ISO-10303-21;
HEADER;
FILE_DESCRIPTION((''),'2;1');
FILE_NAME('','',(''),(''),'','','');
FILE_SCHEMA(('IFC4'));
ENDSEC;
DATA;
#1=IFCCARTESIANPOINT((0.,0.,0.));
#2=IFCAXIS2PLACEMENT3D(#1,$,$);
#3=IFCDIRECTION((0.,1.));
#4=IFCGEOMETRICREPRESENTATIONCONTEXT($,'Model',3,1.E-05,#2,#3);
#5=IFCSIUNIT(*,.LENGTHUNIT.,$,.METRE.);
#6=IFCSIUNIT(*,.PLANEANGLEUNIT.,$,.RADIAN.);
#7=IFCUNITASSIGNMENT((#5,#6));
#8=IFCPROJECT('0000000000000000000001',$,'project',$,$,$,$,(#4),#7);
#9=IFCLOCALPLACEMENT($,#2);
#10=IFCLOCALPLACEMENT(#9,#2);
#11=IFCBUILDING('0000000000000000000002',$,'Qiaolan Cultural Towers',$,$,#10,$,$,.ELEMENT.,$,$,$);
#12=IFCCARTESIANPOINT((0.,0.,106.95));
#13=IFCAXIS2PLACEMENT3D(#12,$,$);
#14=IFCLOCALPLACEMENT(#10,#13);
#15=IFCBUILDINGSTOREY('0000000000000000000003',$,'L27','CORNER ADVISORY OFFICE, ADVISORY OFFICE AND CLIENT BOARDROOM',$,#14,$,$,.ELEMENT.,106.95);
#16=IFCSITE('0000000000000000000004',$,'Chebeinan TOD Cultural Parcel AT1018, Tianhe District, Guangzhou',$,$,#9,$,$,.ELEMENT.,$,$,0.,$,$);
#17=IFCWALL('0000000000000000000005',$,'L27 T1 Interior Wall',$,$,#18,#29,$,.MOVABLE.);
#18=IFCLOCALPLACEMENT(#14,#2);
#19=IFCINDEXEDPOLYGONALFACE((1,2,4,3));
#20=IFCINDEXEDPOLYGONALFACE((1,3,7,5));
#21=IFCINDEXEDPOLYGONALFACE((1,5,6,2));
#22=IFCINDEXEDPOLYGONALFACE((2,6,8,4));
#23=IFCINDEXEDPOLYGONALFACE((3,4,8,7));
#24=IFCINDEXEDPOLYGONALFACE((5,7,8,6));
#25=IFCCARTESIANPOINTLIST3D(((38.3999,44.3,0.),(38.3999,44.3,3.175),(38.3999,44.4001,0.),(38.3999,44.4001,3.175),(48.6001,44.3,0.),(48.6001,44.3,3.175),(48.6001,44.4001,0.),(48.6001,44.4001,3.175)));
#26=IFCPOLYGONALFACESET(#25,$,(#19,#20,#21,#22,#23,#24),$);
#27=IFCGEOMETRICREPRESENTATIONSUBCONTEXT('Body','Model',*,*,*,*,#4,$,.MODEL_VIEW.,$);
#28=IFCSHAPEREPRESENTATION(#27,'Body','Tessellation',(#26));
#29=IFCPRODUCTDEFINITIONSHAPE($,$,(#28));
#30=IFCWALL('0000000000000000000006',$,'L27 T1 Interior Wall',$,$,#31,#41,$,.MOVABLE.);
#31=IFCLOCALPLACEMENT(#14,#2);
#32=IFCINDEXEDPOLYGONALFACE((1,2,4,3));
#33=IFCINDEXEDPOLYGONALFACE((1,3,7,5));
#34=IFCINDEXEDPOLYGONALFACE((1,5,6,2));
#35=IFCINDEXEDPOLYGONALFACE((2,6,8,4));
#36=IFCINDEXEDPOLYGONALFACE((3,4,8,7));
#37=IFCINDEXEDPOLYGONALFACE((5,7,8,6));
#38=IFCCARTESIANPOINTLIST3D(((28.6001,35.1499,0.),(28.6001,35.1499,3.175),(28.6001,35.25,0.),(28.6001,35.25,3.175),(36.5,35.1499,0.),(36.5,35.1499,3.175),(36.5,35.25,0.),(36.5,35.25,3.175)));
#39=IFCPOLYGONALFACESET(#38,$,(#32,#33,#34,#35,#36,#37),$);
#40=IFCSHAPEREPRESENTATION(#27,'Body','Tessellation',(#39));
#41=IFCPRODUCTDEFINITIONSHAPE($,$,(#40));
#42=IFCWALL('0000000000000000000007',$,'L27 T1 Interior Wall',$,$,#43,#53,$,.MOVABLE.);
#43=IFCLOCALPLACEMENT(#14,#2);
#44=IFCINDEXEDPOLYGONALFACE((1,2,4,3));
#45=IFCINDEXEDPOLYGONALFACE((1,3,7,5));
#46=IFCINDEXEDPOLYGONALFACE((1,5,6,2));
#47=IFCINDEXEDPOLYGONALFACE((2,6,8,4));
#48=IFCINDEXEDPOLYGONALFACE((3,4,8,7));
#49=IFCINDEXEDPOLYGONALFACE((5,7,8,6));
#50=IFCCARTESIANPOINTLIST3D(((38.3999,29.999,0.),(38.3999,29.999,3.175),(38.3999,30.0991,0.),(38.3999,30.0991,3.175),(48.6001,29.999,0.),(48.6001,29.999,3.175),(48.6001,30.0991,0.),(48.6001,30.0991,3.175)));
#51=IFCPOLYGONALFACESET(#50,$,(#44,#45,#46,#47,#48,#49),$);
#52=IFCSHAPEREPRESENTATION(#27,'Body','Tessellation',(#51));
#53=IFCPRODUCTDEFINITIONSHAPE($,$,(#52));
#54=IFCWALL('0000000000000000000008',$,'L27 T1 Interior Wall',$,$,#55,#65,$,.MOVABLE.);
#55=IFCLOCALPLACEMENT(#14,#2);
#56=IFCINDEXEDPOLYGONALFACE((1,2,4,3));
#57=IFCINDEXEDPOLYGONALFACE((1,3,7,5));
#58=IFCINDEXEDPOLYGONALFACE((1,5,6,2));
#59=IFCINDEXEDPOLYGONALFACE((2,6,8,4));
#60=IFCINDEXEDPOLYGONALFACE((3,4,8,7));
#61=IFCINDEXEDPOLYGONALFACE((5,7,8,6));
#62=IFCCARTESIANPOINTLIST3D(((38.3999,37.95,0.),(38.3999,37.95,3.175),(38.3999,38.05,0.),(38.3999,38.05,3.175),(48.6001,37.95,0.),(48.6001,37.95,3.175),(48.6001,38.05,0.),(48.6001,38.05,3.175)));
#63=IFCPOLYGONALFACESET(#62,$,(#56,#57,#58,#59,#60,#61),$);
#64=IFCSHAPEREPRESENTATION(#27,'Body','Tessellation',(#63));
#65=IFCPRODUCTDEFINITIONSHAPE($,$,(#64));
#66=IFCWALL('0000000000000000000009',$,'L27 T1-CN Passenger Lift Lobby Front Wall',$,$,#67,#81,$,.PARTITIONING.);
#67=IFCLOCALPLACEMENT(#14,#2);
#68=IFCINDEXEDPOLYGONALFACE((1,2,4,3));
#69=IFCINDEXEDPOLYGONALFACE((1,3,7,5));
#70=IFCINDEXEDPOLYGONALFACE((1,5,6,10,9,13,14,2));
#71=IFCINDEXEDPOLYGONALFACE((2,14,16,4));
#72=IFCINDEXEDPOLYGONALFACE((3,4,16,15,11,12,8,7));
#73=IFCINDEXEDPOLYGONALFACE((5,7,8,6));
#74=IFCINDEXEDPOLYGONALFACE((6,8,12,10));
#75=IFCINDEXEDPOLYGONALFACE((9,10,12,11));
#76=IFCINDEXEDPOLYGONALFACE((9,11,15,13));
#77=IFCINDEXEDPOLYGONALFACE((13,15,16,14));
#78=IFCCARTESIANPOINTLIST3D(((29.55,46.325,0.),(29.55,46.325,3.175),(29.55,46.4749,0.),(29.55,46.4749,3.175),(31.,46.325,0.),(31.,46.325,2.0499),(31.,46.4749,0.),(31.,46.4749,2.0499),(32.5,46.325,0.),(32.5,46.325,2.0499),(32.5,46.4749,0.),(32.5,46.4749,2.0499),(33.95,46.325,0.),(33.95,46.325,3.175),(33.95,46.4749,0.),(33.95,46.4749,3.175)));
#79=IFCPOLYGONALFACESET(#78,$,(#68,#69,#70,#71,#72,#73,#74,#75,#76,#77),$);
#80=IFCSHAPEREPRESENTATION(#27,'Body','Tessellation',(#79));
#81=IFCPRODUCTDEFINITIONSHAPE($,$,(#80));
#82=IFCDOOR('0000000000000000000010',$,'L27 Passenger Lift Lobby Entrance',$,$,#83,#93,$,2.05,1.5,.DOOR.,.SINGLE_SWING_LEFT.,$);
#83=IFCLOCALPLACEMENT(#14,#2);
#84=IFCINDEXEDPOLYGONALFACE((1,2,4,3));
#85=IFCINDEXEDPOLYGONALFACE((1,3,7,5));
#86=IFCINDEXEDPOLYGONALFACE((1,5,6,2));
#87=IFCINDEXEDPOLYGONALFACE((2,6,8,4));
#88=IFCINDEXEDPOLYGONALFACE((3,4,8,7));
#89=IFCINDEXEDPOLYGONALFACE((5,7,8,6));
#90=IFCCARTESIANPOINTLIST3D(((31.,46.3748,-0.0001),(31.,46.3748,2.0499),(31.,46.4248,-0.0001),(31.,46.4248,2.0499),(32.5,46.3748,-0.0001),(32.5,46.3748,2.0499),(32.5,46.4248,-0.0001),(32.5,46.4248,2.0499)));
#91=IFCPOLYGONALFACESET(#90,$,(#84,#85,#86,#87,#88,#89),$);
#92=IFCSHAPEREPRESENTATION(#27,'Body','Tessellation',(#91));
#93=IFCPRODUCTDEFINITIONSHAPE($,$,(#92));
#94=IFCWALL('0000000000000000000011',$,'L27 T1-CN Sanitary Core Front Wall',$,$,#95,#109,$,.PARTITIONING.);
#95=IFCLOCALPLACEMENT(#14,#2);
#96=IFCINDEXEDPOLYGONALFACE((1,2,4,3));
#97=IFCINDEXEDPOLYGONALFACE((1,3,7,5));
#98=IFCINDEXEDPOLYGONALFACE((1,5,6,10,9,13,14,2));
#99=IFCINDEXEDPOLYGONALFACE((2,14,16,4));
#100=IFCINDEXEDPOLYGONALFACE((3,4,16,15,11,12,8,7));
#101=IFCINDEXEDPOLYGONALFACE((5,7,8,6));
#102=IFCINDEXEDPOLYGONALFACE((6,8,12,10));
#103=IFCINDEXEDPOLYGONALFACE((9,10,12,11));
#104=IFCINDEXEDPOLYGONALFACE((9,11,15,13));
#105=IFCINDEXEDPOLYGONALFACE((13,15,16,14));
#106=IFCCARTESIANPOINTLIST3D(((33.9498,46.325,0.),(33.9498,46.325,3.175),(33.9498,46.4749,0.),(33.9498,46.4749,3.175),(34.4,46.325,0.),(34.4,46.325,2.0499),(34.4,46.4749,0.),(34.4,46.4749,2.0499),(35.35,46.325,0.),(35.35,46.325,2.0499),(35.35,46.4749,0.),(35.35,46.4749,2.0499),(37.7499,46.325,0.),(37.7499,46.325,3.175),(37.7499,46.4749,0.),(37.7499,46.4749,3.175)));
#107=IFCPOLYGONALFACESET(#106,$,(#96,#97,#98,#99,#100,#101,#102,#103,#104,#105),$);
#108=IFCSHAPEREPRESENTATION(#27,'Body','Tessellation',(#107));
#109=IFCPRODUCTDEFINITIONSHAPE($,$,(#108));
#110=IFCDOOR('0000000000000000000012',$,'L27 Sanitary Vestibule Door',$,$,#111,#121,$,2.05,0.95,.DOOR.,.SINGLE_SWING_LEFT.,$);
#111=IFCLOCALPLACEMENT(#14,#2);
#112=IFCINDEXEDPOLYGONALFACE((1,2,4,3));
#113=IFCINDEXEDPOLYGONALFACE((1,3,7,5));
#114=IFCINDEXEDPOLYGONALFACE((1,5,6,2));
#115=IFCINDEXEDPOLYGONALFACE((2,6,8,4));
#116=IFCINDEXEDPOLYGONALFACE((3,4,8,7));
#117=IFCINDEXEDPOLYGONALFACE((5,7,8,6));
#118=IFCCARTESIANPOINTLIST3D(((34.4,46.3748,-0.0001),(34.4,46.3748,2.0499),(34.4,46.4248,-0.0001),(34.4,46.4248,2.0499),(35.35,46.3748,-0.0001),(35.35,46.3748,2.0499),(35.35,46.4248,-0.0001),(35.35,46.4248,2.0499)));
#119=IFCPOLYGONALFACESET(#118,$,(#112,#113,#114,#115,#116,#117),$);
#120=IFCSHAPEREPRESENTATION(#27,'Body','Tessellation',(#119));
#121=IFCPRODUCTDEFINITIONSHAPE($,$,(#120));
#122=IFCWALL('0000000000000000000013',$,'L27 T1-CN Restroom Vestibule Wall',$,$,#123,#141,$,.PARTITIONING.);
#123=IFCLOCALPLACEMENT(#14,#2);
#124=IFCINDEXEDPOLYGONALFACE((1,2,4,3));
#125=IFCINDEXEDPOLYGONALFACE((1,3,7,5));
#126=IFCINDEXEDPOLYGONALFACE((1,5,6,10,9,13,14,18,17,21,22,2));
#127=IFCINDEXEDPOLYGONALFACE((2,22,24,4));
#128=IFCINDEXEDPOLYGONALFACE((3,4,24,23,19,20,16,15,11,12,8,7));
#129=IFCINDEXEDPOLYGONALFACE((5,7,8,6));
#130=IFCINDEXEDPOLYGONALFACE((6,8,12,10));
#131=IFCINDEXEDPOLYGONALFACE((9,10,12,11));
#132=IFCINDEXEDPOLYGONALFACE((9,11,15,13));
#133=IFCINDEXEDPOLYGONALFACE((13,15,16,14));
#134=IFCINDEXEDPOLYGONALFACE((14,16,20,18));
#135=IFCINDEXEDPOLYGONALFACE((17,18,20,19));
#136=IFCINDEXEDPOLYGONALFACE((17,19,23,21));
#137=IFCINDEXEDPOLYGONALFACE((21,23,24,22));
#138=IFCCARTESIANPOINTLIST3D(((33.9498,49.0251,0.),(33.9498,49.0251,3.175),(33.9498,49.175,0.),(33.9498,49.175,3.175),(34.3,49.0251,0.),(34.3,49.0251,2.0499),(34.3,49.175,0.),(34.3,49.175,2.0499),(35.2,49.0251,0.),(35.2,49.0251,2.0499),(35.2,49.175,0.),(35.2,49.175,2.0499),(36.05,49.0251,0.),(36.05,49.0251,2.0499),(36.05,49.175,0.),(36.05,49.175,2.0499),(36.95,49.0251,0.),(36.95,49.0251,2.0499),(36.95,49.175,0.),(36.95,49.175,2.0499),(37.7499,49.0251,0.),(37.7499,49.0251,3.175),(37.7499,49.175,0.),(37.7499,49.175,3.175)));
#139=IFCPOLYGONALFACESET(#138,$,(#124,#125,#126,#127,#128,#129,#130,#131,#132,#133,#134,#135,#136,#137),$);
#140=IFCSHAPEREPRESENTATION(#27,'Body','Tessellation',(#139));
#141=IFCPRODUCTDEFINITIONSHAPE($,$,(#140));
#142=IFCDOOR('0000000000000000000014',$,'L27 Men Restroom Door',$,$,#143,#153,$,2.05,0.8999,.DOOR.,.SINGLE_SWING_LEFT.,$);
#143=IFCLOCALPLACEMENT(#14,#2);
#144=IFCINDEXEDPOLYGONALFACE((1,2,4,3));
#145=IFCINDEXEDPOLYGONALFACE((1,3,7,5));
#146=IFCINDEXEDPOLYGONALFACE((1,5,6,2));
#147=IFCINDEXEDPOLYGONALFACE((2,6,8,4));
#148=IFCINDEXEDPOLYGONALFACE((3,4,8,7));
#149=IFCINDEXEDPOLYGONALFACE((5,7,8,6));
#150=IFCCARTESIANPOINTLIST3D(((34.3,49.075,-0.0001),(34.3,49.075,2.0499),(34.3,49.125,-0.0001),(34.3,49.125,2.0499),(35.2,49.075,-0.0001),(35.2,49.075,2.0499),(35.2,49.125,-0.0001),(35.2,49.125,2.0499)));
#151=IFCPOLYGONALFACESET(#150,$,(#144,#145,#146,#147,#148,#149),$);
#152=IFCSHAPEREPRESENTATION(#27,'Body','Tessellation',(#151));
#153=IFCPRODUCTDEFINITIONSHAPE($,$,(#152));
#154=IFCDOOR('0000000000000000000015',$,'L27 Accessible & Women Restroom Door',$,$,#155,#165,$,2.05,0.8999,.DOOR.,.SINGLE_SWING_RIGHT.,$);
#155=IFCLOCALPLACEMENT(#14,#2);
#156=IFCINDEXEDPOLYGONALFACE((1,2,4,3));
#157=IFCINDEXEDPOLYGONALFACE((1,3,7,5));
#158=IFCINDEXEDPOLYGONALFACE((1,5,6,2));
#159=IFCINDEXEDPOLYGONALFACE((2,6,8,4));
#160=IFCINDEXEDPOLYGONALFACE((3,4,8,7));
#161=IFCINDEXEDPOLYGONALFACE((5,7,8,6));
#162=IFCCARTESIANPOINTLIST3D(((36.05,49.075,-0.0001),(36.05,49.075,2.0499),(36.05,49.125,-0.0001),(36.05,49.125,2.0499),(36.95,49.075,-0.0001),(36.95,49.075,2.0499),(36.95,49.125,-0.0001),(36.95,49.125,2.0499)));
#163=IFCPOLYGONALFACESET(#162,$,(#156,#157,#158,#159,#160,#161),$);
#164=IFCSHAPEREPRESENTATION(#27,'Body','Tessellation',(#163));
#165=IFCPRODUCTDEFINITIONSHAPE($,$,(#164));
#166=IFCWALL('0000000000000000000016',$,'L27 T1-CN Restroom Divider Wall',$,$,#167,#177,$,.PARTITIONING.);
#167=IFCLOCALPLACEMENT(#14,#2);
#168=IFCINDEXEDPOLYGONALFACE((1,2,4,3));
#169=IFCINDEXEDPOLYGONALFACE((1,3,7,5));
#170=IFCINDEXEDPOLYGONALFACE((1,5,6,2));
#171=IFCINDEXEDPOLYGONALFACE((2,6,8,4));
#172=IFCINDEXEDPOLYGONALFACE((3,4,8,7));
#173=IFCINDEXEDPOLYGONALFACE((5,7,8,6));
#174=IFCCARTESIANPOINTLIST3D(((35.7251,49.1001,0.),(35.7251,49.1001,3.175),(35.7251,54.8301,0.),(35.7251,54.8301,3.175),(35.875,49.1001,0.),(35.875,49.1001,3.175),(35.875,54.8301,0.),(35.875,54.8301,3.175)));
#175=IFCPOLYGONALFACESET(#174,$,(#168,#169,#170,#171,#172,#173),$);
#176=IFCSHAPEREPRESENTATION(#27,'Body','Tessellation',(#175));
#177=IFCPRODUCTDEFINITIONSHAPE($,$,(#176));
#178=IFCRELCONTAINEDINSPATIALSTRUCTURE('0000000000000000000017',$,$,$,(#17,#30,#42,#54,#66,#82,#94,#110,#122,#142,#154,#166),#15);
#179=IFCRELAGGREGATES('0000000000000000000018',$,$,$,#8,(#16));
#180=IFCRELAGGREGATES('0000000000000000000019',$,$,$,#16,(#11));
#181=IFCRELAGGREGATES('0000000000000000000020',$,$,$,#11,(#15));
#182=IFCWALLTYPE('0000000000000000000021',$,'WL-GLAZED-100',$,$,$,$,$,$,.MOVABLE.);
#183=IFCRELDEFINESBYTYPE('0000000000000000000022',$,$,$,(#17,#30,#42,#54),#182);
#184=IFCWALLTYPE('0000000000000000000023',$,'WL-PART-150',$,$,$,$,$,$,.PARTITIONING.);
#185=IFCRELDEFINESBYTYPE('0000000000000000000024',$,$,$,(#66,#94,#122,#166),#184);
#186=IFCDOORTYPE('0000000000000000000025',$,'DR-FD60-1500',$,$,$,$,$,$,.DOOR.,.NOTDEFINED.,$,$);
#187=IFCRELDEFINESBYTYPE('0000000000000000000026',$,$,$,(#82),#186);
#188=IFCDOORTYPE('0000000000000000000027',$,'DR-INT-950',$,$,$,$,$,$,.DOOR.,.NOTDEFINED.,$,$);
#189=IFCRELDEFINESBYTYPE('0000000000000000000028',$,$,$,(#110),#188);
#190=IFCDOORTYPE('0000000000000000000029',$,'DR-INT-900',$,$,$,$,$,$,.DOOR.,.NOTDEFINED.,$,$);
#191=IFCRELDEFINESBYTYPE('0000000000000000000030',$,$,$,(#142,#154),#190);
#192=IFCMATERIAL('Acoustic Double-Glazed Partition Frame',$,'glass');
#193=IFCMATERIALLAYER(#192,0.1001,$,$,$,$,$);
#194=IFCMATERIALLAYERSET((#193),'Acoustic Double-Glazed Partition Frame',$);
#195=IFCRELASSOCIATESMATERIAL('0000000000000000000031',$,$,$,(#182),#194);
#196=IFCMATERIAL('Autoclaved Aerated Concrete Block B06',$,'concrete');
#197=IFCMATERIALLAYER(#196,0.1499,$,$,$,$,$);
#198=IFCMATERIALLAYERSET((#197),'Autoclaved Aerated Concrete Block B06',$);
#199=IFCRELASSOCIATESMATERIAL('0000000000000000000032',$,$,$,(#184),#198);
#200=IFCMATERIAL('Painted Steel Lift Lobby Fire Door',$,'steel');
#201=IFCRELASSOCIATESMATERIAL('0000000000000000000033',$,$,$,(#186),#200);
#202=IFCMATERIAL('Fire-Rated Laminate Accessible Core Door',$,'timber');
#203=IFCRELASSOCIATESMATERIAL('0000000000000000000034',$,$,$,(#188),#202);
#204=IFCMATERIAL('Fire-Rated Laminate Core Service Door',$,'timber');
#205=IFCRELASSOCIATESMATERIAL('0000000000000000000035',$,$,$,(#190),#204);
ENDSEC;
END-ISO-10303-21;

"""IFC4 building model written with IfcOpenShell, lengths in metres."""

from ifc_helpers import new_model, si_unit, direction, frame, frame_2d, origin, place, context, subcontext, project, spatial, rectangle, extrude, material, layer, layer_set, type_object, element, fill, save


model = new_model("IFC4")

# Units and contexts
model_context = context("Model", 3, precision=1e-05, world=origin(), true_north=direction((0.0, 1.0)))
body_context = subcontext(model_context, "Body", "Model", "MODEL_VIEW")
ifc_project = project(units=[si_unit("LENGTHUNIT", "METRE"), si_unit("PLANEANGLEUNIT", "RADIAN")], contexts=[model_context])

# Site, building, storey
site_placement = place(None, origin())
site = spatial("IfcSite", under=ifc_project, at=site_placement, Name="Chebeinan TOD Cultural Parcel AT1018, Tianhe District, Guangzhou", CompositionType="ELEMENT", RefElevation=0.0)
building_placement = place(site_placement, origin())
building = spatial("IfcBuilding", under=site, at=building_placement, Name="Qiaolan Cultural Towers", CompositionType="ELEMENT")
storey_placement = place(building_placement, frame((0.0, 0.0, 106.95)))
storey = spatial("IfcBuildingStorey", under=building, at=storey_placement, Name="L27", Description="CORNER ADVISORY OFFICE, ADVISORY OFFICE AND CLIENT BOARDROOM", CompositionType="ELEMENT", Elevation=106.95)

# Walls
ifc_material_1 = material(Name="Acoustic Double-Glazed Partition Frame", Category="glass")
ifc_layer_1 = layer(ifc_material_1, 0.1001)
ifc_layer_set_1 = layer_set([ifc_layer_1], Name="Acoustic Double-Glazed Partition Frame")
wall_type_1 = type_object("IfcWallType", Name="WL-GLAZED-100", PredefinedType="MOVABLE", material=ifc_layer_set_1)
wall_1_placement = place(storey_placement, frame((38.3999, 44.3501, 0.0), z_axis=(0.0, 0.0, 1.0), x_axis=(1.0, 0.0, 0.0)))
element("IfcWall", 1, at=wall_1_placement, inside=storey, type_object=wall_type_1, Name="L27 T1 Interior Wall", PredefinedType="MOVABLE", context=body_context, shape_type="SweptSolid", body=[
    extrude(rectangle(XDim=10.2002, YDim=0.1001, at=frame_2d((5.1001, 0.0))), origin(), (0.0, 0.0, 1.0), 3.175),
])
wall_2_placement = place(storey_placement, frame((28.6001, 35.2, 0.0), z_axis=(0.0, 0.0, 1.0), x_axis=(1.0, 0.0, 0.0)))
element("IfcWall", 2, at=wall_2_placement, inside=storey, type_object=wall_type_1, Name="L27 T1 Interior Wall", PredefinedType="MOVABLE", context=body_context, shape_type="SweptSolid", body=[
    extrude(rectangle(XDim=7.8999, YDim=0.1001, at=frame_2d((3.95, 0.0))), origin(), (0.0, 0.0, 1.0), 3.175),
])
for number, where, z_axis, x_axis, name in (
    (3, (38.3999, 30.0491, 0.0), (0.0, 0.0, 1.0), (1.0, 0.0, 0.0), "L27 T1 Interior Wall"),
    (4, (38.3999, 38.0, 0.0), (0.0, 0.0, 1.0), (1.0, 0.0, 0.0), "L27 T1 Interior Wall"),
):
    element("IfcWall", number, at=place(storey_placement, frame(where, z_axis=z_axis, x_axis=x_axis)), inside=storey, type_object=wall_type_1, Name=name, PredefinedType="MOVABLE", context=body_context, shape_type="SweptSolid", body=[
        extrude(rectangle(XDim=10.2002, YDim=0.1001, at=frame_2d((5.1001, 0.0))), origin(), (0.0, 0.0, 1.0), 3.175),
    ])

# Walls, openings, doors
ifc_material_2 = material(Name="Autoclaved Aerated Concrete Block B06", Category="concrete")
ifc_layer_2 = layer(ifc_material_2, 0.1499)
ifc_layer_set_2 = layer_set([ifc_layer_2], Name="Autoclaved Aerated Concrete Block B06")
wall_type_2 = type_object("IfcWallType", Name="WL-PART-150", PredefinedType="PARTITIONING", material=ifc_layer_set_2)
wall_3_placement = place(storey_placement, frame((29.55, 46.3999, 0.0), z_axis=(0.0, 0.0, 1.0), x_axis=(1.0, 0.0, 0.0)))
wall_3 = element("IfcWall", 5, at=wall_3_placement, inside=storey, type_object=wall_type_2, Name="L27 T1-CN Passenger Lift Lobby Front Wall", PredefinedType="PARTITIONING", context=body_context, shape_type="SweptSolid", body=[
    extrude(rectangle(XDim=4.3999, YDim=0.1499, at=frame_2d((2.2, 0.0))), origin(), (0.0, 0.0, 1.0), 3.175),
])
opening_1_placement = place(wall_3_placement, frame((1.45, 0.0, 0.0)))
opening_1 = element("IfcOpeningElement", 6, at=opening_1_placement, cuts=wall_3, PredefinedType="OPENING", context=body_context, shape_type="SweptSolid", body=[
    extrude(rectangle(XDim=1.5, YDim=2.05, at=frame_2d((0.75, 1.0249))), frame((0.0, 0.085, 0.0), z_axis=(0.0, -1.0, 0.0), x_axis=(1.0, 0.0, 0.0)), (0.0, 0.0, 1.0), 0.1699),
])
ifc_material_3 = material(Name="Painted Steel Lift Lobby Fire Door", Category="steel")
door_type_1 = type_object("IfcDoorType", Name="DR-FD60-1500", OperationType="NOTDEFINED", PredefinedType="DOOR", material=ifc_material_3)
door_1_placement = place(opening_1_placement, origin())
door_1 = element("IfcDoor", 7, at=door_1_placement, inside=storey, type_object=door_type_1, Name="L27 Passenger Lift Lobby Entrance", OperationType="SINGLE_SWING_LEFT", OverallHeight=2.05, OverallWidth=1.5, PredefinedType="DOOR", context=body_context, shape_type="SweptSolid", body=[
    extrude(rectangle(XDim=1.5, YDim=2.05, at=frame_2d((0.75, 1.0249))), frame((0.0, 0.0249, 0.0), z_axis=(0.0, -1.0, 0.0), x_axis=(1.0, 0.0, 0.0)), (0.0, 0.0, 1.0), 0.05),
])
fill(opening_1, door_1)
wall_4_placement = place(storey_placement, frame((33.95, 46.3999, 0.0), z_axis=(0.0, 0.0, 1.0), x_axis=(1.0, 0.0, 0.0)))
wall_4 = element("IfcWall", 8, at=wall_4_placement, inside=storey, type_object=wall_type_2, Name="L27 T1-CN Sanitary Core Front Wall", PredefinedType="PARTITIONING", context=body_context, shape_type="SweptSolid", body=[
    extrude(rectangle(XDim=3.8, YDim=0.1499, at=frame_2d((1.8999, 0.0))), origin(), (0.0, 0.0, 1.0), 3.175),
])
opening_2_placement = place(wall_4_placement, frame((0.45, 0.0, 0.0)))
opening_2 = element("IfcOpeningElement", 9, at=opening_2_placement, cuts=wall_4, PredefinedType="OPENING", context=body_context, shape_type="SweptSolid", body=[
    extrude(rectangle(XDim=0.95, YDim=2.05, at=frame_2d((0.4751, 1.0249))), frame((0.0, 0.085, 0.0), z_axis=(0.0, -1.0, 0.0), x_axis=(1.0, 0.0, 0.0)), (0.0, 0.0, 1.0), 0.1699),
])
ifc_material_4 = material(Name="Fire-Rated Laminate Accessible Core Door", Category="timber")
door_type_2 = type_object("IfcDoorType", Name="DR-INT-950", OperationType="NOTDEFINED", PredefinedType="DOOR", material=ifc_material_4)
door_2_placement = place(opening_2_placement, origin())
door_2 = element("IfcDoor", 10, at=door_2_placement, inside=storey, type_object=door_type_2, Name="L27 Sanitary Vestibule Door", OperationType="SINGLE_SWING_LEFT", OverallHeight=2.05, OverallWidth=0.95, PredefinedType="DOOR", context=body_context, shape_type="SweptSolid", body=[
    extrude(rectangle(XDim=0.95, YDim=2.05, at=frame_2d((0.4751, 1.0249))), frame((0.0, 0.0249, 0.0), z_axis=(0.0, -1.0, 0.0), x_axis=(1.0, 0.0, 0.0)), (0.0, 0.0, 1.0), 0.05),
])
fill(opening_2, door_2)

# Wall, openings, doors
wall_5_placement = place(storey_placement, frame((33.95, 49.1001, 0.0), z_axis=(0.0, 0.0, 1.0), x_axis=(1.0, 0.0, 0.0)))
wall_5 = element("IfcWall", 11, at=wall_5_placement, inside=storey, type_object=wall_type_2, Name="L27 T1-CN Restroom Vestibule Wall", PredefinedType="PARTITIONING", context=body_context, shape_type="SweptSolid", body=[
    extrude(rectangle(XDim=3.8, YDim=0.1499, at=frame_2d((1.8999, 0.0))), origin(), (0.0, 0.0, 1.0), 3.175),
])
opening_3_placement = place(wall_5_placement, frame((0.3501, 0.0, 0.0)))
opening_3 = element("IfcOpeningElement", 12, at=opening_3_placement, cuts=wall_5, PredefinedType="OPENING", context=body_context, shape_type="SweptSolid", body=[
    extrude(rectangle(XDim=0.8999, YDim=2.05, at=frame_2d((0.45, 1.0249))), frame((0.0, 0.085, 0.0), z_axis=(0.0, -1.0, 0.0), x_axis=(1.0, 0.0, 0.0)), (0.0, 0.0, 1.0), 0.1699),
])
opening_4_placement = place(wall_5_placement, frame((2.1001, 0.0, 0.0)))
opening_4 = element("IfcOpeningElement", 13, at=opening_4_placement, cuts=wall_5, PredefinedType="OPENING", context=body_context, shape_type="SweptSolid", body=[
    extrude(rectangle(XDim=0.8999, YDim=2.05, at=frame_2d((0.45, 1.0249))), frame((0.0, 0.085, 0.0), z_axis=(0.0, -1.0, 0.0), x_axis=(1.0, 0.0, 0.0)), (0.0, 0.0, 1.0), 0.1699),
])
ifc_material_5 = material(Name="Fire-Rated Laminate Core Service Door", Category="timber")
door_type_3 = type_object("IfcDoorType", Name="DR-INT-900", OperationType="NOTDEFINED", PredefinedType="DOOR", material=ifc_material_5)
door_3_placement = place(opening_3_placement, origin())
door_3 = element("IfcDoor", 14, at=door_3_placement, inside=storey, type_object=door_type_3, Name="L27 Men Restroom Door", OperationType="SINGLE_SWING_LEFT", OverallHeight=2.05, OverallWidth=0.8999, PredefinedType="DOOR", context=body_context, shape_type="SweptSolid", body=[
    extrude(rectangle(XDim=0.8999, YDim=2.05, at=frame_2d((0.45, 1.0249))), frame((0.0, 0.0249, 0.0), z_axis=(0.0, -1.0, 0.0), x_axis=(1.0, 0.0, 0.0)), (0.0, 0.0, 1.0), 0.05),
])
fill(opening_3, door_3)
door_4_placement = place(opening_4_placement, origin())
door_4 = element("IfcDoor", 15, at=door_4_placement, inside=storey, type_object=door_type_3, Name="L27 Accessible & Women Restroom Door", OperationType="SINGLE_SWING_RIGHT", OverallHeight=2.05, OverallWidth=0.8999, PredefinedType="DOOR", context=body_context, shape_type="SweptSolid", body=[
    extrude(rectangle(XDim=0.8999, YDim=2.05, at=frame_2d((0.45, 1.0249))), frame((0.0, 0.0249, 0.0), z_axis=(0.0, -1.0, 0.0), x_axis=(1.0, 0.0, 0.0)), (0.0, 0.0, 1.0), 0.05),
])
fill(opening_4, door_4)

# Wall
wall_6_placement = place(storey_placement, frame((35.8, 49.1001, 0.0), z_axis=(0.0, 0.0, 1.0), x_axis=(0.0, 1.0, 0.0)))
element("IfcWall", 16, at=wall_6_placement, inside=storey, type_object=wall_type_2, Name="L27 T1-CN Restroom Divider Wall", PredefinedType="PARTITIONING", context=body_context, shape_type="SweptSolid", body=[
    extrude(rectangle(XDim=5.73, YDim=0.1499, at=frame_2d((2.865, 0.0))), origin(), (0.0, 0.0, 1.0), 3.175),
])

save(model, "model.ifc")
